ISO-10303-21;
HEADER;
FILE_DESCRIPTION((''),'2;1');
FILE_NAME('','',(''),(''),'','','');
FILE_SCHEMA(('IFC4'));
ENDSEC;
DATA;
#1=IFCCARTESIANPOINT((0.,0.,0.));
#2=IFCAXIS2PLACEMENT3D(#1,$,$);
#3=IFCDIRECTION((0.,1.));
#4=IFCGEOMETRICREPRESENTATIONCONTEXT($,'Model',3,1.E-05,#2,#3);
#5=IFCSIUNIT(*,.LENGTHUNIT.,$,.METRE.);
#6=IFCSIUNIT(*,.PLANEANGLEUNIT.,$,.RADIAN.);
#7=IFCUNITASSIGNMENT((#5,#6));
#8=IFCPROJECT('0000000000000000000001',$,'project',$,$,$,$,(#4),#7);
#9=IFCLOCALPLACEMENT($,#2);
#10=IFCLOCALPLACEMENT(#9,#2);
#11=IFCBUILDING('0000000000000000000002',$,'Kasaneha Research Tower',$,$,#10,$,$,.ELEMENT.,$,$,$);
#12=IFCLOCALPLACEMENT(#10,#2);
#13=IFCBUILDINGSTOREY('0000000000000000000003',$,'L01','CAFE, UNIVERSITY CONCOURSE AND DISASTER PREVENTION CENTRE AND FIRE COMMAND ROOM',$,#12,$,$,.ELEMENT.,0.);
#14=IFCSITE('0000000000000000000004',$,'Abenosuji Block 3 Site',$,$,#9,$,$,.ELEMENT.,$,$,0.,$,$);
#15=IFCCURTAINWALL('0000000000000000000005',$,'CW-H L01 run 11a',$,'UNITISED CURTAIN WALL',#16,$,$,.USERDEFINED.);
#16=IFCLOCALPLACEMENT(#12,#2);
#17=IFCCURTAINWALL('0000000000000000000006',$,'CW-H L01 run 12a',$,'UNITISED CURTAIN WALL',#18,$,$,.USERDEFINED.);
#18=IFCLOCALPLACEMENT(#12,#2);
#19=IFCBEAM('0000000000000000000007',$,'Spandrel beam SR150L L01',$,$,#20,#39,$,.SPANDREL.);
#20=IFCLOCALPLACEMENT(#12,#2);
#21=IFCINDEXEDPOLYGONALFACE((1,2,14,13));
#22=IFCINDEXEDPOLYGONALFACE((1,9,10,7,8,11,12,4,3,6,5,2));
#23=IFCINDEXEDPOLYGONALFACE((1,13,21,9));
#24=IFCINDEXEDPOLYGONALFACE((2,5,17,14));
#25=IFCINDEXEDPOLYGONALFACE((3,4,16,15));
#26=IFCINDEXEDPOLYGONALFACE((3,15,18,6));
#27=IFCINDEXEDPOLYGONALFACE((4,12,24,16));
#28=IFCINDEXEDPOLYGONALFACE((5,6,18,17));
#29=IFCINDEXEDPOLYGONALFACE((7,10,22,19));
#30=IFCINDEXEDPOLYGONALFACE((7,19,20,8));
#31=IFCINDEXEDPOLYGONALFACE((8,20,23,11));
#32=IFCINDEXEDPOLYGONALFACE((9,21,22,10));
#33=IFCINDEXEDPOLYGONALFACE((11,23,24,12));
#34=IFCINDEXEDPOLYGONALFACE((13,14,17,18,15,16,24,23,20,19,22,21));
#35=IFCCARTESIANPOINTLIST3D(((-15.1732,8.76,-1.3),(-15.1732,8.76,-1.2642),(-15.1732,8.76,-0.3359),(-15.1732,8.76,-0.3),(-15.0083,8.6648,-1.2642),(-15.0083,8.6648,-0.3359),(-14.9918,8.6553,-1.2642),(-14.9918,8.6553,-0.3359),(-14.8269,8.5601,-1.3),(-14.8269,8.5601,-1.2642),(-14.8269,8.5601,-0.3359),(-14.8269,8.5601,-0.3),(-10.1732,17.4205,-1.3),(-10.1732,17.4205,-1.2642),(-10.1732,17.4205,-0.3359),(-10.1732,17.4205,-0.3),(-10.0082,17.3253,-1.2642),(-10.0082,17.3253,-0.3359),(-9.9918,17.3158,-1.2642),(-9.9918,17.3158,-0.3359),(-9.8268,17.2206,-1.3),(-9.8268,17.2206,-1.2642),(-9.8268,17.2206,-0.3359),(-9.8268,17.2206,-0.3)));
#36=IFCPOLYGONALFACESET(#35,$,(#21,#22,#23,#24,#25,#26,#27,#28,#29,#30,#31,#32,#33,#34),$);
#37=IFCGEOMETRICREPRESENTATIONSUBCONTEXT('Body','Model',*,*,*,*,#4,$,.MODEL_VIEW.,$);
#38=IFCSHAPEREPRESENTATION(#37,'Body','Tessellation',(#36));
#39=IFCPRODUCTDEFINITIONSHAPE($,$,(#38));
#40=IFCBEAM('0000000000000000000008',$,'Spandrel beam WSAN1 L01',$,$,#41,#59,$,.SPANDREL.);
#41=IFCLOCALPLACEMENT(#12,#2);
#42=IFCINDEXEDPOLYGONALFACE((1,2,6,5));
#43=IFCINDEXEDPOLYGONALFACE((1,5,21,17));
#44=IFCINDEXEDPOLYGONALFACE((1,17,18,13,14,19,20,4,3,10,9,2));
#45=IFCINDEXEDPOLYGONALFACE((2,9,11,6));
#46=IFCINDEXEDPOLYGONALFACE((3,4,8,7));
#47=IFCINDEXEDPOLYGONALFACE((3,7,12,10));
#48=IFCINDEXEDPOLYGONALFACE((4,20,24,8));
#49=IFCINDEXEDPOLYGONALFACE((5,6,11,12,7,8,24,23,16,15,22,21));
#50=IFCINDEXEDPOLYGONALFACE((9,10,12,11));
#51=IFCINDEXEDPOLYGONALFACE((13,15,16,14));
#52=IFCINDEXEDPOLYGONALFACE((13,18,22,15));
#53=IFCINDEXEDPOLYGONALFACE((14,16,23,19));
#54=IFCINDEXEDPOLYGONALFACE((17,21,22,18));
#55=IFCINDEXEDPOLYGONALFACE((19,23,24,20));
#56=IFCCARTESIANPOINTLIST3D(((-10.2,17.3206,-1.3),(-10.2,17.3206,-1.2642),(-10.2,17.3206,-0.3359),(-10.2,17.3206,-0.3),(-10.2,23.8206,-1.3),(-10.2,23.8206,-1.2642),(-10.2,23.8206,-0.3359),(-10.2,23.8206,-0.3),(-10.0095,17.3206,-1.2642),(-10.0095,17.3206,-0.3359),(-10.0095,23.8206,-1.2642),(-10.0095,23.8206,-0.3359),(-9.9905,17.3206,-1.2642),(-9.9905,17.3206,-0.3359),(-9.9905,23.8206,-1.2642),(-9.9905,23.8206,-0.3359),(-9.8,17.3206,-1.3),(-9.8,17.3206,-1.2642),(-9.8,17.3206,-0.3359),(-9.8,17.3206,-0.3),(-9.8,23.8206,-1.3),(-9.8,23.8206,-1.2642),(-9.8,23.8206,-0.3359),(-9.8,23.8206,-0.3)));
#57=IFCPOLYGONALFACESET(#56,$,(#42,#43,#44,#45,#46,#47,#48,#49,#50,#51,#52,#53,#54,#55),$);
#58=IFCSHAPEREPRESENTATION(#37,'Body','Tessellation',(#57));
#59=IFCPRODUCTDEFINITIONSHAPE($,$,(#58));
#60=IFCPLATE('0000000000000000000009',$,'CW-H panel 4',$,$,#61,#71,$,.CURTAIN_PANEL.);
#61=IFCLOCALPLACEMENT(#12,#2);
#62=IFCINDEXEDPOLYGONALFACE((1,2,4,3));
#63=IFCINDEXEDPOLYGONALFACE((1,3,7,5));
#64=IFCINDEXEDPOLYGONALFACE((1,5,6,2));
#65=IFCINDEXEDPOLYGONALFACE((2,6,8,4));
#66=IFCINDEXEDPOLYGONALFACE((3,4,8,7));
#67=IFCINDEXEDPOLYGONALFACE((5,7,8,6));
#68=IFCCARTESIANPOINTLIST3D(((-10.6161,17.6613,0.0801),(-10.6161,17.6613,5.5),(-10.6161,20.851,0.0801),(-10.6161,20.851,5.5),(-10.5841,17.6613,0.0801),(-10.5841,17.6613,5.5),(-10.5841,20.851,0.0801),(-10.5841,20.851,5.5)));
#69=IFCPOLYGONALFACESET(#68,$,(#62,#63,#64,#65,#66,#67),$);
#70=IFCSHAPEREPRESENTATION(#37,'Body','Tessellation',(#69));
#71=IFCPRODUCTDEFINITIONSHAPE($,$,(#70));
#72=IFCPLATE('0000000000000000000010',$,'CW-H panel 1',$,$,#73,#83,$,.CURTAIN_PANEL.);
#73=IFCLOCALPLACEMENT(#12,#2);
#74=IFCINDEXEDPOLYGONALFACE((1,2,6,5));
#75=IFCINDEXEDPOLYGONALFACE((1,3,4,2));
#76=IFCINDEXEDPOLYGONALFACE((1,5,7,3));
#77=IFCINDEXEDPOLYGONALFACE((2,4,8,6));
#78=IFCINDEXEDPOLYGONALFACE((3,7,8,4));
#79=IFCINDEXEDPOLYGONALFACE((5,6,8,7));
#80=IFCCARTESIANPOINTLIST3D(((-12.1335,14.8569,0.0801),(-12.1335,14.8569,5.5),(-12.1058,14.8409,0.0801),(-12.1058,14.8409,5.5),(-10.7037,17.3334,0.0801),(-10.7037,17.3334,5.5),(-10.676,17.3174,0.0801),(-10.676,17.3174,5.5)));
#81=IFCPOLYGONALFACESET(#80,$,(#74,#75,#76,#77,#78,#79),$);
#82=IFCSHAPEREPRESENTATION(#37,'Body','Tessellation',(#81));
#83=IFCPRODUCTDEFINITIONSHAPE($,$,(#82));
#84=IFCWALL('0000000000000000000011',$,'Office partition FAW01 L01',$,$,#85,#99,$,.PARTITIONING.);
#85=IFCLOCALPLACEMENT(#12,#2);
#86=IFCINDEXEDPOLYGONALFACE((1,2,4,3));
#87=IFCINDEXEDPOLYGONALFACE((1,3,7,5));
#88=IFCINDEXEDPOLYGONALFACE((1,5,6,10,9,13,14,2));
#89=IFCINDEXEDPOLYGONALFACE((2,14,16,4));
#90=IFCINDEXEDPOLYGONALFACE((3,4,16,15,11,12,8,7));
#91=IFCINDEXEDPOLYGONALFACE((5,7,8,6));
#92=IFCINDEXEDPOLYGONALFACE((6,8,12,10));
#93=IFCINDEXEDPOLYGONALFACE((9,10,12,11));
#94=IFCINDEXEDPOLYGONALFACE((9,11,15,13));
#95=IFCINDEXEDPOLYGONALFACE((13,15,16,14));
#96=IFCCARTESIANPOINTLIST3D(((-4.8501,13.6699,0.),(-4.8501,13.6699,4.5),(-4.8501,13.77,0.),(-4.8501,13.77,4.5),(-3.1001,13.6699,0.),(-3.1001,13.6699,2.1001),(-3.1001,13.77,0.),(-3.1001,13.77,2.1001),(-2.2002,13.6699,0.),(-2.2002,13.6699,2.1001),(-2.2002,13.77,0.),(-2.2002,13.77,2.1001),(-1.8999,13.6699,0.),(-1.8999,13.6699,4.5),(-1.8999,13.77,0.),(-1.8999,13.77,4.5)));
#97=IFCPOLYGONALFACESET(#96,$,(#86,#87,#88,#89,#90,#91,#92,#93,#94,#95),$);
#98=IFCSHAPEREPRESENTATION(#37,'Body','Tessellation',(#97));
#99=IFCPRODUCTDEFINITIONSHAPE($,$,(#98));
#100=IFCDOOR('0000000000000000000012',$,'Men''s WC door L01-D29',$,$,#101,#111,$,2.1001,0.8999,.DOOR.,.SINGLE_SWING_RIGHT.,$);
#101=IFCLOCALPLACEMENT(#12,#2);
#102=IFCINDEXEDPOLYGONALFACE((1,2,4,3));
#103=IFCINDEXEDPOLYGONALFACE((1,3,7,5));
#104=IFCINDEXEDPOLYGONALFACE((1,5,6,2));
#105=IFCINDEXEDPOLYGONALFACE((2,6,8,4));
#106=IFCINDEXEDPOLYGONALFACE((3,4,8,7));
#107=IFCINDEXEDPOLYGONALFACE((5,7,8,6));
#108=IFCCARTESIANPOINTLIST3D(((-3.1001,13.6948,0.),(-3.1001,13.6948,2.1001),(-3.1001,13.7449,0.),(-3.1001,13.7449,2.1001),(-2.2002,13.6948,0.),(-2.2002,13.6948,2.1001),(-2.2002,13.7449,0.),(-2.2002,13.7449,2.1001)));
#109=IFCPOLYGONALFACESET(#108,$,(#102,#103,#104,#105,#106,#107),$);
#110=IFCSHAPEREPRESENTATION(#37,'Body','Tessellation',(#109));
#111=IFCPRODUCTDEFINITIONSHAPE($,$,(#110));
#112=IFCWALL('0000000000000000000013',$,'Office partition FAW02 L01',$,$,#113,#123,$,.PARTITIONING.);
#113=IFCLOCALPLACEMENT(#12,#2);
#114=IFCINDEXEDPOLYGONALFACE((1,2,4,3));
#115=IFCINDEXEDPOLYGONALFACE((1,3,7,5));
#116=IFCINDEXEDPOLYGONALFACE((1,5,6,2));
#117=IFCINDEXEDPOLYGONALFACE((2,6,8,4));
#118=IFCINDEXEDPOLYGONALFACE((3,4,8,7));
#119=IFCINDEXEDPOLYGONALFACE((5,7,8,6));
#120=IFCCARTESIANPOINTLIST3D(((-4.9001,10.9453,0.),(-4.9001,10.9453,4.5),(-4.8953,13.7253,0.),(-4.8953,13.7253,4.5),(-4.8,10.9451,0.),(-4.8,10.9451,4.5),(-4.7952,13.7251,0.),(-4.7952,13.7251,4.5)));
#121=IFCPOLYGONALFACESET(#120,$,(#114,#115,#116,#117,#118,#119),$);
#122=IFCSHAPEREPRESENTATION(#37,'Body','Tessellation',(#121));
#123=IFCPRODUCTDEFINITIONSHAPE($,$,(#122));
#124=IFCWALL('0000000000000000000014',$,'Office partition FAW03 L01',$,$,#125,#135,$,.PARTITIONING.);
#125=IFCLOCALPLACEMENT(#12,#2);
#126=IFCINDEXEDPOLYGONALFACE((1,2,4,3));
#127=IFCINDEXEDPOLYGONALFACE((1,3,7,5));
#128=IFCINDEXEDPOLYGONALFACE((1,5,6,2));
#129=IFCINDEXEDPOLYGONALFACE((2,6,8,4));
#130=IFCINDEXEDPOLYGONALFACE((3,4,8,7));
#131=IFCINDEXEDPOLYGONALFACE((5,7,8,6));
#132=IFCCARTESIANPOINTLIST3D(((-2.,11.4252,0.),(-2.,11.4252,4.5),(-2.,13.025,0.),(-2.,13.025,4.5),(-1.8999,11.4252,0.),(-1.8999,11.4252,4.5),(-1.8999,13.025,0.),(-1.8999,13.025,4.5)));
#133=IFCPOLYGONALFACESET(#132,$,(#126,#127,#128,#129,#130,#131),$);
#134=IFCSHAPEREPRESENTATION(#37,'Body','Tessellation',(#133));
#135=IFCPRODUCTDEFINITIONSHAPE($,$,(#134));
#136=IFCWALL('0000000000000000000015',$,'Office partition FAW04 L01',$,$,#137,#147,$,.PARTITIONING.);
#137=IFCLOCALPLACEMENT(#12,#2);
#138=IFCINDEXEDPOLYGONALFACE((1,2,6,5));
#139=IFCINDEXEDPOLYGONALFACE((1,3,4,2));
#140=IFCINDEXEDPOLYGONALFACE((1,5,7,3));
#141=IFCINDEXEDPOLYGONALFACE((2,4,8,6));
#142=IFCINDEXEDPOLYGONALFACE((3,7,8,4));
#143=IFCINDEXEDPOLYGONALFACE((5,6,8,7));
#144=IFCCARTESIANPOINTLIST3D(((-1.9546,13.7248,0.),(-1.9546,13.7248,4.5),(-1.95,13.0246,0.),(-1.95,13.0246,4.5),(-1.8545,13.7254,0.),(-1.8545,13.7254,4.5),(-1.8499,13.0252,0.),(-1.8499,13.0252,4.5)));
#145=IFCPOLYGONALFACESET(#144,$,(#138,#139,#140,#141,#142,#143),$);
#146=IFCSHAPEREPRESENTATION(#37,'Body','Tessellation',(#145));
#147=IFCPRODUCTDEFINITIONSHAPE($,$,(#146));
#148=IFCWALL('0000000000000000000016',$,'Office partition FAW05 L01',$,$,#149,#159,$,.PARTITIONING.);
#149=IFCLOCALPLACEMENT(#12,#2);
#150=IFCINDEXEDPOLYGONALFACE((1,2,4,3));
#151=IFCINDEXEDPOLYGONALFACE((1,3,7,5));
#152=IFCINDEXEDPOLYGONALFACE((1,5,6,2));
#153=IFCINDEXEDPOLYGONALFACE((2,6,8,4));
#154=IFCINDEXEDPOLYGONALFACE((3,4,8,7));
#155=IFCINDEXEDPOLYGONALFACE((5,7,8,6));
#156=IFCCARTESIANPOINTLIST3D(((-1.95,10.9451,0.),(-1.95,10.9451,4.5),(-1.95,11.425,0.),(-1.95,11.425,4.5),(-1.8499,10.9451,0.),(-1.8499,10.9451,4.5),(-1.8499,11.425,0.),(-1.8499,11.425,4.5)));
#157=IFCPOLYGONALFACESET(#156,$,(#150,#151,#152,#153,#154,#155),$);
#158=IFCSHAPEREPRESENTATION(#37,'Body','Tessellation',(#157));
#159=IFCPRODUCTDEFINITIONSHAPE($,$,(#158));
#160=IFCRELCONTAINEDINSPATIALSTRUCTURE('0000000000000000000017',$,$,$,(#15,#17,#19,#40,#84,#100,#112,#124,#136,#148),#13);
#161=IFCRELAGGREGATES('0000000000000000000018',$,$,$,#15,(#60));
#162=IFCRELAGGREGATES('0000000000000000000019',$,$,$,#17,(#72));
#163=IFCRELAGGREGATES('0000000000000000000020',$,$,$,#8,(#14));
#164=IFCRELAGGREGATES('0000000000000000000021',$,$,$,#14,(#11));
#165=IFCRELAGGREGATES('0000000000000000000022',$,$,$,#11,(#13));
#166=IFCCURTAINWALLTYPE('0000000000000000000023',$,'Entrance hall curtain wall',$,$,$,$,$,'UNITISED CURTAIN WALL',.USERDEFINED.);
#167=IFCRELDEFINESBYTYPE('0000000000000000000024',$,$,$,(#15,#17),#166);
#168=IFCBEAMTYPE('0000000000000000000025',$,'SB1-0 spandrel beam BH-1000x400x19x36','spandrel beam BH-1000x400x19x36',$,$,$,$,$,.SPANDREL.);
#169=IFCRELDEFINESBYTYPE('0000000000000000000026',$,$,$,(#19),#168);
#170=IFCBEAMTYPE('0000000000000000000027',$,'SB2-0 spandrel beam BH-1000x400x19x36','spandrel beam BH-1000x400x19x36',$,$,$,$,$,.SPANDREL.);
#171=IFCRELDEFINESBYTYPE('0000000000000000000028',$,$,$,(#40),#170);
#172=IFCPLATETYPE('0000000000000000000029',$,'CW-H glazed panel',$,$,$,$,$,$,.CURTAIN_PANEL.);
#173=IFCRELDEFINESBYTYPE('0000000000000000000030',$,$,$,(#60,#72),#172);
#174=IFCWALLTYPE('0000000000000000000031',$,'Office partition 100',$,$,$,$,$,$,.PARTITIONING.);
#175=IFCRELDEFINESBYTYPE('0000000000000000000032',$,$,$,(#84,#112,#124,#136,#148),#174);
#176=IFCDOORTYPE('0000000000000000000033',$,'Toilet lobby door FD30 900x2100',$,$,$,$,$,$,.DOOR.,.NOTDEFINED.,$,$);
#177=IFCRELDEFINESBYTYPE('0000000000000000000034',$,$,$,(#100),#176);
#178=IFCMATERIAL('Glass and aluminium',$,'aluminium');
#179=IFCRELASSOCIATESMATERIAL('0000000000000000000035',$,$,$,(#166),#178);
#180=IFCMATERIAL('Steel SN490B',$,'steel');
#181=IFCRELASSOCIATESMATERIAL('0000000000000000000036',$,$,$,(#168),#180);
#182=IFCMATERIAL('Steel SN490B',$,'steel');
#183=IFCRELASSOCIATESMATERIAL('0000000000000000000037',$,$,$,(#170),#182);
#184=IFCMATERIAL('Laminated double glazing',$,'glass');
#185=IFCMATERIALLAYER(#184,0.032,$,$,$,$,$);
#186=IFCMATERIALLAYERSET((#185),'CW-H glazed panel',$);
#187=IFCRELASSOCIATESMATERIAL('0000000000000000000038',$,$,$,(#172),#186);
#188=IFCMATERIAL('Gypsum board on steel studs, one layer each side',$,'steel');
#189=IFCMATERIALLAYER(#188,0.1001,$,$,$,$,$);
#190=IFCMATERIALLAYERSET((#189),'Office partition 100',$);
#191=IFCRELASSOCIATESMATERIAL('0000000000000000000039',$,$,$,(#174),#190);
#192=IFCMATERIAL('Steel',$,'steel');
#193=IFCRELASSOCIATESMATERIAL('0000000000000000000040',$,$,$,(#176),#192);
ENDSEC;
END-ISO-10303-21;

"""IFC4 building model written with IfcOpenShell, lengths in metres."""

from ifc_helpers import new_model, si_unit, direction, frame, frame_2d, origin, origin_2d, place, context, subcontext, project, spatial, rectangle, i_section, extrude, material, layer, layer_set, material_profile, profile_set, type_object, element, fill, aggregate, save


model = new_model("IFC4")

# Units and contexts
model_context = context("Model", 3, precision=1e-05, world=origin(), true_north=direction((0.0, 1.0)))
body_context = subcontext(model_context, "Body", "Model", "MODEL_VIEW")
ifc_project = project(units=[si_unit("LENGTHUNIT", "METRE"), si_unit("PLANEANGLEUNIT", "RADIAN")], contexts=[model_context])

# Site, building, storey
site_placement = place(None, origin())
site = spatial("IfcSite", under=ifc_project, at=site_placement, Name="Abenosuji Block 3 Site", CompositionType="ELEMENT", RefElevation=0.0)
building_placement = place(site_placement, origin())
building = spatial("IfcBuilding", under=site, at=building_placement, Name="Kasaneha Research Tower", CompositionType="ELEMENT")
storey_placement = place(building_placement, origin())
storey = spatial("IfcBuildingStorey", under=building, at=storey_placement, Name="L01", Description="CAFE, UNIVERSITY CONCOURSE AND DISASTER PREVENTION CENTRE AND FIRE COMMAND ROOM", CompositionType="ELEMENT", Elevation=0.0)

# Curtain walls
ifc_material_1 = material(Name="Glass and aluminium", Category="aluminium")
curtain_wall_type = type_object("IfcCurtainWallType", Name="Entrance hall curtain wall", ElementType="UNITISED CURTAIN WALL", PredefinedType="USERDEFINED", material=ifc_material_1)
curtain_wall_1_placement = place(storey_placement, origin())
curtain_wall_1 = element("IfcCurtainWall", 1, at=curtain_wall_1_placement, inside=storey, type_object=curtain_wall_type, Name="CW-H L01 run 11a", ObjectType="UNITISED CURTAIN WALL", PredefinedType="USERDEFINED")
curtain_wall_2_placement = place(storey_placement, origin())
curtain_wall_2 = element("IfcCurtainWall", 2, at=curtain_wall_2_placement, inside=storey, type_object=curtain_wall_type, Name="CW-H L01 run 12a", ObjectType="UNITISED CURTAIN WALL", PredefinedType="USERDEFINED")

# Beams
ifc_material_2 = material(Name="Steel SN490B", Category="steel")
ifc_material_profile_1 = material_profile(ifc_material_2, i_section(OverallWidth=0.3999, OverallDepth=1.0, WebThickness=0.019, FlangeThickness=0.0359, at=origin_2d()), Name="BH-1000x400x19x36")
ifc_profile_set_1 = profile_set([ifc_material_profile_1], Name="Steel SN490B")
beam_type_1 = type_object("IfcBeamType", Name="SB1-0 spandrel beam BH-1000x400x19x36", Description="spandrel beam BH-1000x400x19x36", PredefinedType="SPANDREL", material=ifc_profile_set_1)
beam_1_placement = place(storey_placement, frame((-10.0, 17.3206, -0.8), z_axis=(-0.499994, -0.866029, 0.0), x_axis=(0.866029, -0.499994, 0.0)))
element("IfcBeam", 3, at=beam_1_placement, inside=storey, type_object=beam_type_1, Name="Spandrel beam SR150L L01", PredefinedType="SPANDREL", context=body_context, shape_type="SweptSolid", body=[
    extrude(i_section(OverallWidth=0.3999, OverallDepth=1.0, WebThickness=0.019, FlangeThickness=0.0359, at=origin_2d()), origin(), (0.0, 0.0, 1.0), 10.0002),
])
ifc_material_3 = material(Name="Steel SN490B", Category="steel")
ifc_material_profile_2 = material_profile(ifc_material_3, i_section(OverallWidth=0.3999, OverallDepth=1.0, WebThickness=0.019, FlangeThickness=0.0359, at=origin_2d()), Name="BH-1000x400x19x36")
ifc_profile_set_2 = profile_set([ifc_material_profile_2], Name="Steel SN490B")
beam_type_2 = type_object("IfcBeamType", Name="SB2-0 spandrel beam BH-1000x400x19x36", Description="spandrel beam BH-1000x400x19x36", PredefinedType="SPANDREL", material=ifc_profile_set_2)
beam_2_placement = place(storey_placement, frame((-10.0, 17.3206, -0.8), z_axis=(0.0, 1.0, 0.0), x_axis=(-1.0, 0.0, 0.0)))
element("IfcBeam", 4, at=beam_2_placement, inside=storey, type_object=beam_type_2, Name="Spandrel beam WSAN1 L01", PredefinedType="SPANDREL", context=body_context, shape_type="SweptSolid", body=[
    extrude(i_section(OverallWidth=0.3999, OverallDepth=1.0, WebThickness=0.019, FlangeThickness=0.0359, at=origin_2d()), origin(), (0.0, 0.0, 1.0), 6.5),
])

# Plates
ifc_material_4 = material(Name="Laminated double glazing", Category="glass")
ifc_layer_1 = layer(ifc_material_4, 0.032)
ifc_layer_set_1 = layer_set([ifc_layer_1], Name="CW-H glazed panel")
plate_type = type_object("IfcPlateType", Name="CW-H glazed panel", PredefinedType="CURTAIN_PANEL", material=ifc_layer_set_1)
plate_1_placement = place(storey_placement, frame((-10.6001, 19.2561, 0.0801), z_axis=(0.0, 0.0, 1.0), x_axis=(0.0, -1.0, 0.0)))
plate_1 = element("IfcPlate", 5, at=plate_1_placement, type_object=plate_type, Name="CW-H panel 4", PredefinedType="CURTAIN_PANEL", context=body_context, shape_type="SweptSolid", body=[
    extrude(rectangle(XDim=3.1897, YDim=0.032, at=origin_2d()), origin(), (0.0, 0.0, 1.0), 5.4199),
])
aggregate(curtain_wall_1, [plate_1])
plate_2_placement = place(storey_placement, frame((-11.4048, 16.0872, 0.0801), z_axis=(0.0, 0.0, 1.0), x_axis=(-0.5, -0.866025, 0.0)))
plate_2 = element("IfcPlate", 6, at=plate_2_placement, type_object=plate_type, Name="CW-H panel 1", PredefinedType="CURTAIN_PANEL", context=body_context, shape_type="SweptSolid", body=[
    extrude(rectangle(XDim=2.8596, YDim=0.032, at=origin_2d()), origin(), (0.0, 0.0, 1.0), 5.4199),
])
aggregate(curtain_wall_2, [plate_2])

# Wall, opening, door
ifc_material_5 = material(Name="Gypsum board on steel studs, one layer each side", Category="steel")
ifc_layer_2 = layer(ifc_material_5, 0.1001)
ifc_layer_set_2 = layer_set([ifc_layer_2], Name="Office partition 100")
wall_type_1 = type_object("IfcWallType", Name="Office partition 100", PredefinedType="PARTITIONING", material=ifc_layer_set_2)
wall_1_placement = place(storey_placement, frame((-4.8501, 13.72, 0.0), z_axis=(0.0, 0.0, 1.0), x_axis=(1.0, 0.0, 0.0)))
wall_1 = element("IfcWall", 7, at=wall_1_placement, inside=storey, type_object=wall_type_1, Name="Office partition FAW01 L01", PredefinedType="PARTITIONING", context=body_context, shape_type="SweptSolid", body=[
    extrude(rectangle(XDim=2.9502, YDim=0.1001, at=frame_2d((1.4751, 0.0))), origin(), (0.0, 0.0, 1.0), 4.5),
])
opening_1_placement = place(wall_1_placement, frame((1.75, 0.0, 0.0)))
opening_1 = element("IfcOpeningElement", 8, at=opening_1_placement, cuts=wall_1, PredefinedType="OPENING", context=body_context, shape_type="SweptSolid", body=[
    extrude(rectangle(XDim=0.8999, YDim=2.1001, at=frame_2d((0.45, 1.05))), frame((0.0, 0.0601, 0.0), z_axis=(0.0, -1.0, 0.0), x_axis=(1.0, 0.0, 0.0)), (0.0, 0.0, 1.0), 0.1201),
])
ifc_material_6 = material(Name="Steel", Category="steel")
door_type_1 = type_object("IfcDoorType", Name="Toilet lobby door FD30 900x2100", OperationType="NOTDEFINED", PredefinedType="DOOR", material=ifc_material_6)
door_1_placement = place(opening_1_placement, origin())
door_1 = element("IfcDoor", 9, at=door_1_placement, inside=storey, type_object=door_type_1, Name="Men's WC door L01-D29", OperationType="SINGLE_SWING_RIGHT", OverallHeight=2.1001, OverallWidth=0.8999, PredefinedType="DOOR", context=body_context, shape_type="SweptSolid", body=[
    extrude(rectangle(XDim=0.8999, YDim=2.1001, at=frame_2d((0.45, 1.05))), frame((0.0, 0.0249, 0.0), z_axis=(0.0, -1.0, 0.0), x_axis=(1.0, 0.0, 0.0)), (0.0, 0.0, 1.0), 0.05),
])
fill(opening_1, door_1)

# Walls
wall_2_placement = place(storey_placement, frame((-4.8501, 10.9451, 0.0), z_axis=(0.0, 0.0, 1.0), x_axis=(0.001756, 0.999998, 0.0)))
element("IfcWall", 10, at=wall_2_placement, inside=storey, type_object=wall_type_1, Name="Office partition FAW02 L01", PredefinedType="PARTITIONING", context=body_context, shape_type="SweptSolid", body=[
    extrude(rectangle(XDim=2.78, YDim=0.1001, at=frame_2d((1.3901, 0.0))), origin(), (0.0, 0.0, 1.0), 4.5),
])
wall_3_placement = place(storey_placement, frame((-1.95, 13.0249, 0.0), z_axis=(0.0, 0.0, 1.0), x_axis=(0.0, -1.0, 0.0)))
element("IfcWall", 11, at=wall_3_placement, inside=storey, type_object=wall_type_1, Name="Office partition FAW03 L01", PredefinedType="PARTITIONING", context=body_context, shape_type="SweptSolid", body=[
    extrude(rectangle(XDim=1.5999, YDim=0.1001, at=frame_2d((0.7998, 0.0))), origin(), (0.0, 0.0, 1.0), 4.5),
])
wall_4_placement = place(storey_placement, frame((-1.9045, 13.7251, 0.0), z_axis=(0.0, 0.0, 1.0), x_axis=(0.006625, -0.999978, 0.0)))
element("IfcWall", 12, at=wall_4_placement, inside=storey, type_object=wall_type_1, Name="Office partition FAW04 L01", PredefinedType="PARTITIONING", context=body_context, shape_type="SweptSolid", body=[
    extrude(rectangle(XDim=0.7002, YDim=0.1001, at=frame_2d((0.3501, 0.0))), origin(), (0.0, 0.0, 1.0), 4.5),
])
wall_5_placement = place(storey_placement, frame((-1.8999, 11.425, 0.0), z_axis=(0.0, 0.0, 1.0), x_axis=(0.0, -1.0, 0.0)))
element("IfcWall", 13, at=wall_5_placement, inside=storey, type_object=wall_type_1, Name="Office partition FAW05 L01", PredefinedType="PARTITIONING", context=body_context, shape_type="SweptSolid", body=[
    extrude(rectangle(XDim=0.48, YDim=0.1001, at=frame_2d((0.24, 0.0))), origin(), (0.0, 0.0, 1.0), 4.5),
])

save(model, "model.ifc")
